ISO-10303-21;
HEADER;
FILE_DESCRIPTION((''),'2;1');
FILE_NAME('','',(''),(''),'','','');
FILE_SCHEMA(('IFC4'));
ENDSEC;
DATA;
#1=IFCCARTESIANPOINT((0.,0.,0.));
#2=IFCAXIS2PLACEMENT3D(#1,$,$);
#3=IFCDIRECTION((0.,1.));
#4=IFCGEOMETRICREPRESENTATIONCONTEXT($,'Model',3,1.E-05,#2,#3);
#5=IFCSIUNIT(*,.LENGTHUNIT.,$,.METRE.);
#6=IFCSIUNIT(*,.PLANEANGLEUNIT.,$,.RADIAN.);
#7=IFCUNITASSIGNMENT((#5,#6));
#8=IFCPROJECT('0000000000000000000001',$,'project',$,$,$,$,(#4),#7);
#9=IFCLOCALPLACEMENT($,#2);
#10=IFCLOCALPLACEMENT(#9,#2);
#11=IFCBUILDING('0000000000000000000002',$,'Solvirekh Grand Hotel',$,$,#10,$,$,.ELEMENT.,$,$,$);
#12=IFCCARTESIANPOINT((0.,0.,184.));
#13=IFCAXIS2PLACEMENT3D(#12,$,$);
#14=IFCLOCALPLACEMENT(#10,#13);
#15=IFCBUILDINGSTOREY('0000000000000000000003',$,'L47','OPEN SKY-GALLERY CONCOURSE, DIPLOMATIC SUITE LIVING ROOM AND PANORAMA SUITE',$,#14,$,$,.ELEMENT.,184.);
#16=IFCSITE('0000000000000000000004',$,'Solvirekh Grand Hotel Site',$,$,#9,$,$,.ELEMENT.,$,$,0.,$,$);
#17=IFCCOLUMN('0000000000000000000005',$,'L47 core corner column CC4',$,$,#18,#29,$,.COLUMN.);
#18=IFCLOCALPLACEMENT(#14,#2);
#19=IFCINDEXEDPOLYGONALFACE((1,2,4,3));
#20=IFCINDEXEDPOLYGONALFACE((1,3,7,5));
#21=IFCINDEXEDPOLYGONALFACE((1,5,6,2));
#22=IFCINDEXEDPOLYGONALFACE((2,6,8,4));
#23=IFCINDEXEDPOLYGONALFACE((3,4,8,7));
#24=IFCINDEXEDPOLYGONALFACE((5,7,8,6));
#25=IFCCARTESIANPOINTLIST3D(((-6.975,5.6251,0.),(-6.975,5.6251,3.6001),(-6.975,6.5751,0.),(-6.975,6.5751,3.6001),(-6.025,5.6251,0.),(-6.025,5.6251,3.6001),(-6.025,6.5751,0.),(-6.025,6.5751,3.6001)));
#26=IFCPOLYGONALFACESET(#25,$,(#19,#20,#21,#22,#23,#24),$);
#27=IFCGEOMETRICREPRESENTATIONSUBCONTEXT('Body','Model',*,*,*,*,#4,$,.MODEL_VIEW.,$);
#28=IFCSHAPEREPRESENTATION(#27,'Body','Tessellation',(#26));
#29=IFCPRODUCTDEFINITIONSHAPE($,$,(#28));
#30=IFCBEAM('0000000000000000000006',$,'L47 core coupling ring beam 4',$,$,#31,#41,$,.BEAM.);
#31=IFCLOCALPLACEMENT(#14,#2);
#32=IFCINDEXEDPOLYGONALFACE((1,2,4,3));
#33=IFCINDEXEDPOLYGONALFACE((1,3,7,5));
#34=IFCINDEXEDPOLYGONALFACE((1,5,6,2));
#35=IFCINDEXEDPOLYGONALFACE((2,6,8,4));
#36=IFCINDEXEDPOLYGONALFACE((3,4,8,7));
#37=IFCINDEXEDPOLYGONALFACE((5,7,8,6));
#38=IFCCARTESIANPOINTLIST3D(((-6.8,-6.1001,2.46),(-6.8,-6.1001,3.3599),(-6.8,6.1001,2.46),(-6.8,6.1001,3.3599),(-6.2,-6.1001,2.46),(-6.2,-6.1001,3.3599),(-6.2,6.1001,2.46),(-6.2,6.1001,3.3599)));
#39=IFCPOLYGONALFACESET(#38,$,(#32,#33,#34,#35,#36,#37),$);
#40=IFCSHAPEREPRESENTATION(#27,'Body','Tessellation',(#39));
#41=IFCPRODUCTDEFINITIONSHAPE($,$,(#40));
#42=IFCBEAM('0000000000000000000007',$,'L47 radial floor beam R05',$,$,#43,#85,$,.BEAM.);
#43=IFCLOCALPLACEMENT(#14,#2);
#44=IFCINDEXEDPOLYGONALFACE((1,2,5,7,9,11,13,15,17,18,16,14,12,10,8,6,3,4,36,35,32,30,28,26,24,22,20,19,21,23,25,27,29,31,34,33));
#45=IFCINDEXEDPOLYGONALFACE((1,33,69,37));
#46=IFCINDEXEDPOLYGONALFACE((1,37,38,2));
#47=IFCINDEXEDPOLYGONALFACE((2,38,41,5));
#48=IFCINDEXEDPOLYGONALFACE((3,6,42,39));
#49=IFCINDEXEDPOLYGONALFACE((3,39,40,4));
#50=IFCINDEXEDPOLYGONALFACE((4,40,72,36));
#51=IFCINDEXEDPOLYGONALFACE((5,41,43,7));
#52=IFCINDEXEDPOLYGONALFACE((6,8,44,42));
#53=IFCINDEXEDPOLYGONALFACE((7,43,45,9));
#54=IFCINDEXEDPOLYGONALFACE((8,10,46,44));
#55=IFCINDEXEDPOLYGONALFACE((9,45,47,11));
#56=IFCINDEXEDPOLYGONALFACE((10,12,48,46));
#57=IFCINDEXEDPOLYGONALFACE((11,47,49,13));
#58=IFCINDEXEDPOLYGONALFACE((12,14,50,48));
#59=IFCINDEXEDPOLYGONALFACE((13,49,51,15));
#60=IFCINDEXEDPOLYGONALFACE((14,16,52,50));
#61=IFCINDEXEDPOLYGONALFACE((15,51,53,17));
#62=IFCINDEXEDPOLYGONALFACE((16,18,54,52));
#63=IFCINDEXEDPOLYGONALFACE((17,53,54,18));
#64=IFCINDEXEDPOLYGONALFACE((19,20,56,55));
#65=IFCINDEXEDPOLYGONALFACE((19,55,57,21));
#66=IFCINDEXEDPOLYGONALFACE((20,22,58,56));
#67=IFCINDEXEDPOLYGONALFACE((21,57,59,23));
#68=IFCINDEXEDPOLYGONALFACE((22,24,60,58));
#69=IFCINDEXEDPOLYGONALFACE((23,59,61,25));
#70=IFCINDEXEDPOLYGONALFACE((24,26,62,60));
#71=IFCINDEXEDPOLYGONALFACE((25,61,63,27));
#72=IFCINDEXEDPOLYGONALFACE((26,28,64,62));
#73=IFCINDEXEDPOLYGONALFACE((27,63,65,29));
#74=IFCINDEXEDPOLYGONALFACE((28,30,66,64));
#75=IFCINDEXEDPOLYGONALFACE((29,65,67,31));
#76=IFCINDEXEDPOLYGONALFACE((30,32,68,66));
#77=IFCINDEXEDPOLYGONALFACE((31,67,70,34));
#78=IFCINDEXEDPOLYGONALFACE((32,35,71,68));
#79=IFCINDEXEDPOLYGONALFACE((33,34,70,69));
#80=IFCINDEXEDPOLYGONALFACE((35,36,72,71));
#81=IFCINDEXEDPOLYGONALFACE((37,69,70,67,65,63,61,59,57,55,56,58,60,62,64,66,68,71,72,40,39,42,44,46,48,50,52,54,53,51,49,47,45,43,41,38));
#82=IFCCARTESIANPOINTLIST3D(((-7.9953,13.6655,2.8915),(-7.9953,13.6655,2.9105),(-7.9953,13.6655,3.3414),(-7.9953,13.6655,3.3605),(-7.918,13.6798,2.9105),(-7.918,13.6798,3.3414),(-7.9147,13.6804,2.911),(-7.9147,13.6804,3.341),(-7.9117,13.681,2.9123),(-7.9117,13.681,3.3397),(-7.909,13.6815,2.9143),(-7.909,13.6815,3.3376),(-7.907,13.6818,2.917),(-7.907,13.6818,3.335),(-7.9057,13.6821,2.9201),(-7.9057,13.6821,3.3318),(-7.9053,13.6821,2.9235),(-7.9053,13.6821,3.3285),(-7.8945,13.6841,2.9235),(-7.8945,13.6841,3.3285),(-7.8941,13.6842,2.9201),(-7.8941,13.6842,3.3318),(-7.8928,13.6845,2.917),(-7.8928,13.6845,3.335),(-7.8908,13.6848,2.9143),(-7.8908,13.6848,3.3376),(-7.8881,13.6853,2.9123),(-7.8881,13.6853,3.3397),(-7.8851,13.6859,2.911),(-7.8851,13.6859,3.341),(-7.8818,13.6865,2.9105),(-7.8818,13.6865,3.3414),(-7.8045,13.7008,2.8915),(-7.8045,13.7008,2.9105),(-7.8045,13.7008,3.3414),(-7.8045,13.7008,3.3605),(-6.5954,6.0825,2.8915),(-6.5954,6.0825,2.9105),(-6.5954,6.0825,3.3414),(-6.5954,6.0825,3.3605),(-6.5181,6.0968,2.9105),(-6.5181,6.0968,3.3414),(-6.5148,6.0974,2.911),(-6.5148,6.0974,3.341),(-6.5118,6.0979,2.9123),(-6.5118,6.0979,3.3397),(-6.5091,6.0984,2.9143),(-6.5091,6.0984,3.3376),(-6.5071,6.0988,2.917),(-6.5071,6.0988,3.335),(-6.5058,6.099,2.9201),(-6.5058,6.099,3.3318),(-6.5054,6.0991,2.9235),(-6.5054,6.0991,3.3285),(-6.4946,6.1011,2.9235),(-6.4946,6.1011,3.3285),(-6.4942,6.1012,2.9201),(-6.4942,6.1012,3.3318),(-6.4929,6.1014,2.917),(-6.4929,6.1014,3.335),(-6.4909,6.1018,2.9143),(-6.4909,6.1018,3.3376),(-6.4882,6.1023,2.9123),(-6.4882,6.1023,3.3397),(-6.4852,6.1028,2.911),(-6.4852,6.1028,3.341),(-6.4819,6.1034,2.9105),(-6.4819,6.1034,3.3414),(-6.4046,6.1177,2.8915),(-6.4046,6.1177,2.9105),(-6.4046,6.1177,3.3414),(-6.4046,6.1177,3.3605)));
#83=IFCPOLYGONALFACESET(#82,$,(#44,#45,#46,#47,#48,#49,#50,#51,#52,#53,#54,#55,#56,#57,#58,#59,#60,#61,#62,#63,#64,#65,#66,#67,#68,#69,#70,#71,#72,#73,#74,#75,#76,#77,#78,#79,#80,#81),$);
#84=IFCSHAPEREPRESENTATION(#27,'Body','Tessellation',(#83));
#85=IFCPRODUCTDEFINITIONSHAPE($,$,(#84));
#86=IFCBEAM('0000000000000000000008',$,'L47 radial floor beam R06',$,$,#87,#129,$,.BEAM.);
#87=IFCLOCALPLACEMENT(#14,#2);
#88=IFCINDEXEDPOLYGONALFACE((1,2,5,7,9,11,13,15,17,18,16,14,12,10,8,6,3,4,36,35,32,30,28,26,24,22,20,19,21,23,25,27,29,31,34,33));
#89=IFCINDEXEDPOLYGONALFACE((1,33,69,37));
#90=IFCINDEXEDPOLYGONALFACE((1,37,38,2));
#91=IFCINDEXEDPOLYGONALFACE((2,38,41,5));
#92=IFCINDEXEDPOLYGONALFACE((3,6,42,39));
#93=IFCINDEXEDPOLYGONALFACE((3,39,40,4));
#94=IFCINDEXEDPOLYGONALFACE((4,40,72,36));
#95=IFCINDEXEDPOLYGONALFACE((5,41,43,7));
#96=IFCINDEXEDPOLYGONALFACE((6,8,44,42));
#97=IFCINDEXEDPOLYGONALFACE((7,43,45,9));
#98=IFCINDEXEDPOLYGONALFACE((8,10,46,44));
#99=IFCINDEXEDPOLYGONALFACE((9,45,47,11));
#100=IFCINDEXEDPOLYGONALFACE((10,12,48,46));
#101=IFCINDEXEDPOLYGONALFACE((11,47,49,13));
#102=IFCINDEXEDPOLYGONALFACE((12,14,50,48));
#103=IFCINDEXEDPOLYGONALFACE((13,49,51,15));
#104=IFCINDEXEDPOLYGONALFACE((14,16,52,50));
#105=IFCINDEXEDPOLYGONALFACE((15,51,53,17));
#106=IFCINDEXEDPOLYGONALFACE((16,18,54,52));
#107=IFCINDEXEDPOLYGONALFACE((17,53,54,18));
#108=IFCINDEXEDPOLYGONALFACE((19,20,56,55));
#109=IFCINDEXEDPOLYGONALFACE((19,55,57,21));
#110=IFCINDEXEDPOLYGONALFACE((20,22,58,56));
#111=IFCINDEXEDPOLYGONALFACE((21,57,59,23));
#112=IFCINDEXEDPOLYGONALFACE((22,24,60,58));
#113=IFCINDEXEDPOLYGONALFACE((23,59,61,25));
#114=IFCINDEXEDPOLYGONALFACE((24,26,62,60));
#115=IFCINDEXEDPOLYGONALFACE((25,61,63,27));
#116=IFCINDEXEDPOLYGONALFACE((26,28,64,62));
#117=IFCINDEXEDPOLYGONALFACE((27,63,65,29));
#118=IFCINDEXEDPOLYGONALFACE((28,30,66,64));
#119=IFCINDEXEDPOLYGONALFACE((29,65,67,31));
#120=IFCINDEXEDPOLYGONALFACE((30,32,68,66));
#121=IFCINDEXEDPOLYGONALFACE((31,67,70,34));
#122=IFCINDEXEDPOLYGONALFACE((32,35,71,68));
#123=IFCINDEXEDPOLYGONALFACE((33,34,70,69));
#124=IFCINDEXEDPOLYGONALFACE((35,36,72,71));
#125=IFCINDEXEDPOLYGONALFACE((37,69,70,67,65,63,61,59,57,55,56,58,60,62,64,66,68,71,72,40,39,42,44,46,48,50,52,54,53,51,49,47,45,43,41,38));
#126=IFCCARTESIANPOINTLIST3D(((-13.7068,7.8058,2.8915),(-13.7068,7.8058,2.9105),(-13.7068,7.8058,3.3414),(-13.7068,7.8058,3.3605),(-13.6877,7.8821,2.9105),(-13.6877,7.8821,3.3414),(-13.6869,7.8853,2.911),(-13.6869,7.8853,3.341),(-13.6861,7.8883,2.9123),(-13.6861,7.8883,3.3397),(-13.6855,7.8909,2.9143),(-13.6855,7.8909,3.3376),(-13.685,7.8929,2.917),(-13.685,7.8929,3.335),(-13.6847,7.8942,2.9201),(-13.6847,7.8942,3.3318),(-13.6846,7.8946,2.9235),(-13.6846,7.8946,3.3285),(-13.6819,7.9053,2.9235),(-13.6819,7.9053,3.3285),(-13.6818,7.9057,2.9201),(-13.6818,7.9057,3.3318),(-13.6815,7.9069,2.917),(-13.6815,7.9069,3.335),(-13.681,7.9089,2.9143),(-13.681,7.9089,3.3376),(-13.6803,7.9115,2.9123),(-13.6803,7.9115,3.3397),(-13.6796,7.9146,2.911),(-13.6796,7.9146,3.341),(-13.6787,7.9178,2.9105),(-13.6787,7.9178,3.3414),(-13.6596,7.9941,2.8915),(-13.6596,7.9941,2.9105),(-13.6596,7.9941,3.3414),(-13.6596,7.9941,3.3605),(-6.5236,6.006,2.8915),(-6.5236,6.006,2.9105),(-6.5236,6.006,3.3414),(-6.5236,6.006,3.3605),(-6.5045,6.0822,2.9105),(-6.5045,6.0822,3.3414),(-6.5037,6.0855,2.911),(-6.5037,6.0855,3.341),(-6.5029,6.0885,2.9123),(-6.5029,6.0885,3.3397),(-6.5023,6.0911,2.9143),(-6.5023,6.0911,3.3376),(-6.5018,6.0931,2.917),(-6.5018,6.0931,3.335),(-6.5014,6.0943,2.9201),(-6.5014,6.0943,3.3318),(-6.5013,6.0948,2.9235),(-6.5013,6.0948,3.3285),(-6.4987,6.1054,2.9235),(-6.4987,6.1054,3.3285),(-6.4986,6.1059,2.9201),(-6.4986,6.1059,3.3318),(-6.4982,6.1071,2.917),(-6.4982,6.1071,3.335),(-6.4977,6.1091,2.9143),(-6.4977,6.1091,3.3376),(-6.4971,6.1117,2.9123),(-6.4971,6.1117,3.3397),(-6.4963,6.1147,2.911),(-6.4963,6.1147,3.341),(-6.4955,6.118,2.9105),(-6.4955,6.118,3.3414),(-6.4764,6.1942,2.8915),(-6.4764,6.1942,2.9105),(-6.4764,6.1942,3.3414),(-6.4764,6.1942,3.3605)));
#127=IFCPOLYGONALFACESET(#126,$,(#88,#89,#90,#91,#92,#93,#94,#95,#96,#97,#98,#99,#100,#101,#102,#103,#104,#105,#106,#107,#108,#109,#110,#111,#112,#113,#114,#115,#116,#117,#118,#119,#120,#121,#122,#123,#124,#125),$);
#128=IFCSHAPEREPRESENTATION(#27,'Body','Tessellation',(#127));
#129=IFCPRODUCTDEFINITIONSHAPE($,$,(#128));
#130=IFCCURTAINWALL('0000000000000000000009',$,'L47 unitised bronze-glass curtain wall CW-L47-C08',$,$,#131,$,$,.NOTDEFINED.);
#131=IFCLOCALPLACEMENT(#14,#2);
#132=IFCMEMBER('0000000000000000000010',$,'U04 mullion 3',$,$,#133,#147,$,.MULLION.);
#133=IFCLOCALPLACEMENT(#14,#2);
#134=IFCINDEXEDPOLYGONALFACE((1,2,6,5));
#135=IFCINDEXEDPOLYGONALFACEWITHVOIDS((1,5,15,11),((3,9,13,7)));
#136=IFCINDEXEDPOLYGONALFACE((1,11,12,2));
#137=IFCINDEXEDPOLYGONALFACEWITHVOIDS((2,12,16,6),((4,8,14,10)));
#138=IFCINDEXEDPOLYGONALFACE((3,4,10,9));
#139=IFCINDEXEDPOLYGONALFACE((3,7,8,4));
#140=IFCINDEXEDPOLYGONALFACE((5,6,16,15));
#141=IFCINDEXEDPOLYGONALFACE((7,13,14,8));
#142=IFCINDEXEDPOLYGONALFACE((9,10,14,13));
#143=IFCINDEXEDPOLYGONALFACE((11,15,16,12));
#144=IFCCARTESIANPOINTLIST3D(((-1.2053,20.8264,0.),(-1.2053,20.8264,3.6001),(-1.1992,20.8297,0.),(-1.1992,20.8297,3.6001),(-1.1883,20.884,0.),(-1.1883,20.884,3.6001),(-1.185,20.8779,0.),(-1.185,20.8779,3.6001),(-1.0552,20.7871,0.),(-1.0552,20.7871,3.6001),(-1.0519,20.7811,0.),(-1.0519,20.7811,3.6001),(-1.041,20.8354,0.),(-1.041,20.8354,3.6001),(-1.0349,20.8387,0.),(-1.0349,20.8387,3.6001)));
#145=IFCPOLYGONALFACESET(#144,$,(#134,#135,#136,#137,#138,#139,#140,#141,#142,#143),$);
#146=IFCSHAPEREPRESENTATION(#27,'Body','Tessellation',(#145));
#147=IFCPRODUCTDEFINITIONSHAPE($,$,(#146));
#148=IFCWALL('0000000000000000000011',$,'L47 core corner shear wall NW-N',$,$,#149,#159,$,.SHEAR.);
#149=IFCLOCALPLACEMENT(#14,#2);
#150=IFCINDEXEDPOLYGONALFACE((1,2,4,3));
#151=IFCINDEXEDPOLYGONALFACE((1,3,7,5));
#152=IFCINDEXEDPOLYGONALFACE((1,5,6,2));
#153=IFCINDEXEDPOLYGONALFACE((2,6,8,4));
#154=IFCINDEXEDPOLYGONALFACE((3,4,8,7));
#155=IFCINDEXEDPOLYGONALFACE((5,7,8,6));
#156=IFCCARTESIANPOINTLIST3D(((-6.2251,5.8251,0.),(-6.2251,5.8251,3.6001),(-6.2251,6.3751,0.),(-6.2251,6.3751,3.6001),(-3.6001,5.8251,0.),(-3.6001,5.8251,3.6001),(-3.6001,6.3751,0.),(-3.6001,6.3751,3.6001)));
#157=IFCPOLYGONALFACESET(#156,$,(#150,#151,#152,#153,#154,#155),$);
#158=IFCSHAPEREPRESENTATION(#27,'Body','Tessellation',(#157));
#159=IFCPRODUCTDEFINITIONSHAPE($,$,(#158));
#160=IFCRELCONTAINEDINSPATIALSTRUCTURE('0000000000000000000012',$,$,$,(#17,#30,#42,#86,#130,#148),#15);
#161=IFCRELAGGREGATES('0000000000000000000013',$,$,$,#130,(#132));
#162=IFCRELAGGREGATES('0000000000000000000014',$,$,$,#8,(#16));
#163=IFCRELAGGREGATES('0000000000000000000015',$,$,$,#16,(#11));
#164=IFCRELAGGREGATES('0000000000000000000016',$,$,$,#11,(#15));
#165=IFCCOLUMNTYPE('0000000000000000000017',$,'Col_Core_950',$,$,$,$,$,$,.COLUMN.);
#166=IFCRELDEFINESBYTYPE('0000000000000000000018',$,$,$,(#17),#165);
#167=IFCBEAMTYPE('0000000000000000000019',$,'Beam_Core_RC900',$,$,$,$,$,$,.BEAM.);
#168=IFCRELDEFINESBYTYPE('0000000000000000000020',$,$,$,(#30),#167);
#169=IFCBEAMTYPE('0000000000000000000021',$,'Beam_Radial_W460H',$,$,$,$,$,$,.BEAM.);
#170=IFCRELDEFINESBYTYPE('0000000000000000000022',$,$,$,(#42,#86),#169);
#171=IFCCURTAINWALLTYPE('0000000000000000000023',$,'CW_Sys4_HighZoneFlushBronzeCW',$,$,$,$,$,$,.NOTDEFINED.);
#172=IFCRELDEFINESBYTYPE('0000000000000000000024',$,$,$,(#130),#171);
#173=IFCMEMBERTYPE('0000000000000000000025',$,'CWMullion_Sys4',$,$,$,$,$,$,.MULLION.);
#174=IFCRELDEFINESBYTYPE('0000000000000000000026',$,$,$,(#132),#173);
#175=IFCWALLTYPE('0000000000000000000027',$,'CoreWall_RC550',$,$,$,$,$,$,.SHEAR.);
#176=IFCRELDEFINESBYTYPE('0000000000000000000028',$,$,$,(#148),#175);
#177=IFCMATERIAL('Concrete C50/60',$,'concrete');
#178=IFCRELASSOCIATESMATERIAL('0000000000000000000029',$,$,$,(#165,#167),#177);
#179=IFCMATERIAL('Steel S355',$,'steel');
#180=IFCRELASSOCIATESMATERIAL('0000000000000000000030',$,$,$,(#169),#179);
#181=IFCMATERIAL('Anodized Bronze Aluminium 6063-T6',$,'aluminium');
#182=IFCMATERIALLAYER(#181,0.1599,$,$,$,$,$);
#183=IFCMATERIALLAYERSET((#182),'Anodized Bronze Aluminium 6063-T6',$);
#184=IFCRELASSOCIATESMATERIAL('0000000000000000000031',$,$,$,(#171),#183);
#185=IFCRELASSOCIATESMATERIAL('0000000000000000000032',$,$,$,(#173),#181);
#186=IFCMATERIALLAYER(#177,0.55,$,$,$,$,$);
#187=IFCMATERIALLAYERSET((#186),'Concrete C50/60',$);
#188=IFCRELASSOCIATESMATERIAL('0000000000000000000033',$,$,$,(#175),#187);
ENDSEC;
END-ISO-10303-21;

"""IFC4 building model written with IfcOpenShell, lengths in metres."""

from ifc_helpers import new_model, si_unit, direction, frame, frame_2d, origin, origin_2d, place, context, subcontext, project, spatial, rectangle, hollow_rectangle, i_section, extrude, source, transform, mapped, material, layer, layer_set, material_profile, profile_set, type_object, element, aggregate, save


model = new_model("IFC4")

# Units and contexts
model_context = context("Model", 3, precision=1e-05, world=origin(), true_north=direction((0.0, 1.0)))
body_context = subcontext(model_context, "Body", "Model", "MODEL_VIEW")
ifc_project = project(units=[si_unit("LENGTHUNIT", "METRE"), si_unit("PLANEANGLEUNIT", "RADIAN")], contexts=[model_context])

# Site, building, storey
site_placement = place(None, origin())
site = spatial("IfcSite", under=ifc_project, at=site_placement, Name="Solvirekh Grand Hotel Site", CompositionType="ELEMENT", RefElevation=0.0)
building_placement = place(site_placement, origin())
building = spatial("IfcBuilding", under=site, at=building_placement, Name="Solvirekh Grand Hotel", CompositionType="ELEMENT")
storey_placement = place(building_placement, frame((0.0, 0.0, 184.0)))
storey = spatial("IfcBuildingStorey", under=building, at=storey_placement, Name="L47", Description="OPEN SKY-GALLERY CONCOURSE, DIPLOMATIC SUITE LIVING ROOM AND PANORAMA SUITE", CompositionType="ELEMENT", Elevation=184.0)

# Column
ifc_material_1 = material(Name="Concrete C50/60", Category="concrete")
ifc_material_profile_1 = material_profile(ifc_material_1, rectangle(XDim=0.95, YDim=0.95, at=origin_2d()), Name="RC 950X950")
ifc_profile_set_1 = profile_set([ifc_material_profile_1], Name="Concrete C50/60")
column_type = type_object("IfcColumnType", Name="Col_Core_950", PredefinedType="COLUMN", material=ifc_profile_set_1)
column_placement = place(storey_placement, frame((-6.5, 6.1001, 0.0), z_axis=(0.0, 0.0, 1.0), x_axis=(1.0, 0.0, 0.0)))
element("IfcColumn", 1, at=column_placement, inside=storey, type_object=column_type, Name="L47 core corner column CC4", PredefinedType="COLUMN", context=body_context, shape_type="SweptSolid", body=[
    extrude(rectangle(XDim=0.95, YDim=0.95, at=origin_2d()), origin(), (0.0, 0.0, 1.0), 3.6001),
])

# Beams
ifc_material_profile_2 = material_profile(ifc_material_1, rectangle(XDim=0.6001, YDim=0.8999, at=origin_2d()), Name="RC BEAM 600X900")
ifc_profile_set_2 = profile_set([ifc_material_profile_2], Name="Concrete C50/60")
beam_type_1 = type_object("IfcBeamType", Name="Beam_Core_RC900", PredefinedType="BEAM", material=ifc_profile_set_2)
beam_1_placement = place(storey_placement, frame((-6.5, 6.1001, 2.9099), z_axis=(0.0, -1.0, 0.0), x_axis=(1.0, 0.0, 0.0)))
element("IfcBeam", 2, at=beam_1_placement, inside=storey, type_object=beam_type_1, Name="L47 core coupling ring beam 4", PredefinedType="BEAM", context=body_context, shape_type="SweptSolid", body=[
    extrude(rectangle(XDim=0.6001, YDim=0.8999, at=origin_2d()), origin(), (0.0, 0.0, 1.0), 12.2002),
])
ifc_material_2 = material(Name="Steel S355", Category="steel")
ifc_material_profile_3 = material_profile(ifc_material_2, i_section(OverallWidth=0.1941, OverallDepth=0.469, WebThickness=0.011, FlangeThickness=0.019, FilletRadius=0.0129, at=origin_2d()), Name="W460X106")
ifc_profile_set_3 = profile_set([ifc_material_profile_3], Name="Steel S355")
beam_type_2 = type_object("IfcBeamType", Name="Beam_Radial_W460H", PredefinedType="BEAM", material=ifc_profile_set_3)
beam_2_placement = place(storey_placement, frame((-6.5, 6.1001, 3.126), z_axis=(-0.181543, 0.983383, 0.0), x_axis=(-0.983383, -0.181543, 0.0)))
element("IfcBeam", 3, at=beam_2_placement, inside=storey, type_object=beam_type_2, Name="L47 radial floor beam R05", PredefinedType="BEAM", context=body_context, shape_type="SweptSolid", body=[
    extrude(i_section(OverallWidth=0.1941, OverallDepth=0.469, WebThickness=0.011, FlangeThickness=0.019, FilletRadius=0.0129, at=origin_2d()), origin(), (0.0, 0.0, 1.0), 7.7112),
])
beam_3_placement = place(storey_placement, frame((-6.5, 6.1001, 3.126), z_axis=(-0.970014, 0.243048, 0.0), x_axis=(-0.243048, -0.970014, 0.0)))
element("IfcBeam", 4, at=beam_3_placement, inside=storey, type_object=beam_type_2, Name="L47 radial floor beam R06", PredefinedType="BEAM", context=body_context, shape_type="SweptSolid", body=[
    extrude(i_section(OverallWidth=0.1941, OverallDepth=0.469, WebThickness=0.011, FlangeThickness=0.019, FilletRadius=0.0129, at=origin_2d()), origin(), (0.0, 0.0, 1.0), 7.4053),
])

# Curtain wall, member
ifc_material_3 = material(Name="Anodized Bronze Aluminium 6063-T6", Category="aluminium")
ifc_layer_1 = layer(ifc_material_3, 0.1599)
ifc_layer_set_1 = layer_set([ifc_layer_1], Name="Anodized Bronze Aluminium 6063-T6")
curtain_wall_type = type_object("IfcCurtainWallType", Name="CW_Sys4_HighZoneFlushBronzeCW", PredefinedType="NOTDEFINED", material=ifc_layer_set_1)
curtain_wall_placement = place(storey_placement, origin())
curtain_wall = element("IfcCurtainWall", 5, at=curtain_wall_placement, inside=storey, type_object=curtain_wall_type, Name="L47 unitised bronze-glass curtain wall CW-L47-C08", PredefinedType="NOTDEFINED")
ifc_material_profile_4 = material_profile(ifc_material_3, hollow_rectangle(XDim=0.0601, YDim=0.1599, WallThickness=0.0049, at=origin_2d()), Name="ALU RHS 160X60X5")
ifc_profile_set_4 = profile_set([ifc_material_profile_4], Name="Anodized Bronze Aluminium 6063-T6")
member_type = type_object("IfcMemberType", Name="CWMullion_Sys4", PredefinedType="MULLION", material=ifc_profile_set_4)
shared_shape = source(origin(), body_context, "Body", "SweptSolid", [
    extrude(hollow_rectangle(XDim=0.0601, YDim=0.1599, WallThickness=0.0049, at=origin_2d()), origin(), (0.0, 0.0, 1.0), 3.6001),
])
member_placement = place(storey_placement, frame((-1.1201, 20.8325, 0.0), z_axis=(0.0, 0.0, 1.0), x_axis=(-0.28331, -0.959028, 0.0)))
member = element("IfcMember", 6, at=member_placement, type_object=member_type, Name="U04 mullion 3", PredefinedType="MULLION", context=body_context, shape_type="MappedRepresentation", body=[
    mapped(shared_shape, transform((0.0, 0.0, 0.0), x_axis=(1.0, 0.0, 0.0), y_axis=(0.0, 1.0, 0.0), z_axis=(0.0, 0.0, 1.0), scale=1.0)),
])
aggregate(curtain_wall, [member])

# Wall
ifc_layer_2 = layer(ifc_material_1, 0.55)
ifc_layer_set_2 = layer_set([ifc_layer_2], Name="Concrete C50/60")
wall_type_1 = type_object("IfcWallType", Name="CoreWall_RC550", PredefinedType="SHEAR", material=ifc_layer_set_2)
wall_1_placement = place(storey_placement, frame((-6.2251, 6.1001, 0.0), z_axis=(0.0, 0.0, 1.0), x_axis=(1.0, 0.0, 0.0)))
element("IfcWall", 7, at=wall_1_placement, inside=storey, type_object=wall_type_1, Name="L47 core corner shear wall NW-N", PredefinedType="SHEAR", context=body_context, shape_type="SweptSolid", body=[
    extrude(rectangle(XDim=2.625, YDim=0.55, at=frame_2d((1.3125, 0.0))), origin(), (0.0, 0.0, 1.0), 3.6001),
])

save(model, "model.ifc")
